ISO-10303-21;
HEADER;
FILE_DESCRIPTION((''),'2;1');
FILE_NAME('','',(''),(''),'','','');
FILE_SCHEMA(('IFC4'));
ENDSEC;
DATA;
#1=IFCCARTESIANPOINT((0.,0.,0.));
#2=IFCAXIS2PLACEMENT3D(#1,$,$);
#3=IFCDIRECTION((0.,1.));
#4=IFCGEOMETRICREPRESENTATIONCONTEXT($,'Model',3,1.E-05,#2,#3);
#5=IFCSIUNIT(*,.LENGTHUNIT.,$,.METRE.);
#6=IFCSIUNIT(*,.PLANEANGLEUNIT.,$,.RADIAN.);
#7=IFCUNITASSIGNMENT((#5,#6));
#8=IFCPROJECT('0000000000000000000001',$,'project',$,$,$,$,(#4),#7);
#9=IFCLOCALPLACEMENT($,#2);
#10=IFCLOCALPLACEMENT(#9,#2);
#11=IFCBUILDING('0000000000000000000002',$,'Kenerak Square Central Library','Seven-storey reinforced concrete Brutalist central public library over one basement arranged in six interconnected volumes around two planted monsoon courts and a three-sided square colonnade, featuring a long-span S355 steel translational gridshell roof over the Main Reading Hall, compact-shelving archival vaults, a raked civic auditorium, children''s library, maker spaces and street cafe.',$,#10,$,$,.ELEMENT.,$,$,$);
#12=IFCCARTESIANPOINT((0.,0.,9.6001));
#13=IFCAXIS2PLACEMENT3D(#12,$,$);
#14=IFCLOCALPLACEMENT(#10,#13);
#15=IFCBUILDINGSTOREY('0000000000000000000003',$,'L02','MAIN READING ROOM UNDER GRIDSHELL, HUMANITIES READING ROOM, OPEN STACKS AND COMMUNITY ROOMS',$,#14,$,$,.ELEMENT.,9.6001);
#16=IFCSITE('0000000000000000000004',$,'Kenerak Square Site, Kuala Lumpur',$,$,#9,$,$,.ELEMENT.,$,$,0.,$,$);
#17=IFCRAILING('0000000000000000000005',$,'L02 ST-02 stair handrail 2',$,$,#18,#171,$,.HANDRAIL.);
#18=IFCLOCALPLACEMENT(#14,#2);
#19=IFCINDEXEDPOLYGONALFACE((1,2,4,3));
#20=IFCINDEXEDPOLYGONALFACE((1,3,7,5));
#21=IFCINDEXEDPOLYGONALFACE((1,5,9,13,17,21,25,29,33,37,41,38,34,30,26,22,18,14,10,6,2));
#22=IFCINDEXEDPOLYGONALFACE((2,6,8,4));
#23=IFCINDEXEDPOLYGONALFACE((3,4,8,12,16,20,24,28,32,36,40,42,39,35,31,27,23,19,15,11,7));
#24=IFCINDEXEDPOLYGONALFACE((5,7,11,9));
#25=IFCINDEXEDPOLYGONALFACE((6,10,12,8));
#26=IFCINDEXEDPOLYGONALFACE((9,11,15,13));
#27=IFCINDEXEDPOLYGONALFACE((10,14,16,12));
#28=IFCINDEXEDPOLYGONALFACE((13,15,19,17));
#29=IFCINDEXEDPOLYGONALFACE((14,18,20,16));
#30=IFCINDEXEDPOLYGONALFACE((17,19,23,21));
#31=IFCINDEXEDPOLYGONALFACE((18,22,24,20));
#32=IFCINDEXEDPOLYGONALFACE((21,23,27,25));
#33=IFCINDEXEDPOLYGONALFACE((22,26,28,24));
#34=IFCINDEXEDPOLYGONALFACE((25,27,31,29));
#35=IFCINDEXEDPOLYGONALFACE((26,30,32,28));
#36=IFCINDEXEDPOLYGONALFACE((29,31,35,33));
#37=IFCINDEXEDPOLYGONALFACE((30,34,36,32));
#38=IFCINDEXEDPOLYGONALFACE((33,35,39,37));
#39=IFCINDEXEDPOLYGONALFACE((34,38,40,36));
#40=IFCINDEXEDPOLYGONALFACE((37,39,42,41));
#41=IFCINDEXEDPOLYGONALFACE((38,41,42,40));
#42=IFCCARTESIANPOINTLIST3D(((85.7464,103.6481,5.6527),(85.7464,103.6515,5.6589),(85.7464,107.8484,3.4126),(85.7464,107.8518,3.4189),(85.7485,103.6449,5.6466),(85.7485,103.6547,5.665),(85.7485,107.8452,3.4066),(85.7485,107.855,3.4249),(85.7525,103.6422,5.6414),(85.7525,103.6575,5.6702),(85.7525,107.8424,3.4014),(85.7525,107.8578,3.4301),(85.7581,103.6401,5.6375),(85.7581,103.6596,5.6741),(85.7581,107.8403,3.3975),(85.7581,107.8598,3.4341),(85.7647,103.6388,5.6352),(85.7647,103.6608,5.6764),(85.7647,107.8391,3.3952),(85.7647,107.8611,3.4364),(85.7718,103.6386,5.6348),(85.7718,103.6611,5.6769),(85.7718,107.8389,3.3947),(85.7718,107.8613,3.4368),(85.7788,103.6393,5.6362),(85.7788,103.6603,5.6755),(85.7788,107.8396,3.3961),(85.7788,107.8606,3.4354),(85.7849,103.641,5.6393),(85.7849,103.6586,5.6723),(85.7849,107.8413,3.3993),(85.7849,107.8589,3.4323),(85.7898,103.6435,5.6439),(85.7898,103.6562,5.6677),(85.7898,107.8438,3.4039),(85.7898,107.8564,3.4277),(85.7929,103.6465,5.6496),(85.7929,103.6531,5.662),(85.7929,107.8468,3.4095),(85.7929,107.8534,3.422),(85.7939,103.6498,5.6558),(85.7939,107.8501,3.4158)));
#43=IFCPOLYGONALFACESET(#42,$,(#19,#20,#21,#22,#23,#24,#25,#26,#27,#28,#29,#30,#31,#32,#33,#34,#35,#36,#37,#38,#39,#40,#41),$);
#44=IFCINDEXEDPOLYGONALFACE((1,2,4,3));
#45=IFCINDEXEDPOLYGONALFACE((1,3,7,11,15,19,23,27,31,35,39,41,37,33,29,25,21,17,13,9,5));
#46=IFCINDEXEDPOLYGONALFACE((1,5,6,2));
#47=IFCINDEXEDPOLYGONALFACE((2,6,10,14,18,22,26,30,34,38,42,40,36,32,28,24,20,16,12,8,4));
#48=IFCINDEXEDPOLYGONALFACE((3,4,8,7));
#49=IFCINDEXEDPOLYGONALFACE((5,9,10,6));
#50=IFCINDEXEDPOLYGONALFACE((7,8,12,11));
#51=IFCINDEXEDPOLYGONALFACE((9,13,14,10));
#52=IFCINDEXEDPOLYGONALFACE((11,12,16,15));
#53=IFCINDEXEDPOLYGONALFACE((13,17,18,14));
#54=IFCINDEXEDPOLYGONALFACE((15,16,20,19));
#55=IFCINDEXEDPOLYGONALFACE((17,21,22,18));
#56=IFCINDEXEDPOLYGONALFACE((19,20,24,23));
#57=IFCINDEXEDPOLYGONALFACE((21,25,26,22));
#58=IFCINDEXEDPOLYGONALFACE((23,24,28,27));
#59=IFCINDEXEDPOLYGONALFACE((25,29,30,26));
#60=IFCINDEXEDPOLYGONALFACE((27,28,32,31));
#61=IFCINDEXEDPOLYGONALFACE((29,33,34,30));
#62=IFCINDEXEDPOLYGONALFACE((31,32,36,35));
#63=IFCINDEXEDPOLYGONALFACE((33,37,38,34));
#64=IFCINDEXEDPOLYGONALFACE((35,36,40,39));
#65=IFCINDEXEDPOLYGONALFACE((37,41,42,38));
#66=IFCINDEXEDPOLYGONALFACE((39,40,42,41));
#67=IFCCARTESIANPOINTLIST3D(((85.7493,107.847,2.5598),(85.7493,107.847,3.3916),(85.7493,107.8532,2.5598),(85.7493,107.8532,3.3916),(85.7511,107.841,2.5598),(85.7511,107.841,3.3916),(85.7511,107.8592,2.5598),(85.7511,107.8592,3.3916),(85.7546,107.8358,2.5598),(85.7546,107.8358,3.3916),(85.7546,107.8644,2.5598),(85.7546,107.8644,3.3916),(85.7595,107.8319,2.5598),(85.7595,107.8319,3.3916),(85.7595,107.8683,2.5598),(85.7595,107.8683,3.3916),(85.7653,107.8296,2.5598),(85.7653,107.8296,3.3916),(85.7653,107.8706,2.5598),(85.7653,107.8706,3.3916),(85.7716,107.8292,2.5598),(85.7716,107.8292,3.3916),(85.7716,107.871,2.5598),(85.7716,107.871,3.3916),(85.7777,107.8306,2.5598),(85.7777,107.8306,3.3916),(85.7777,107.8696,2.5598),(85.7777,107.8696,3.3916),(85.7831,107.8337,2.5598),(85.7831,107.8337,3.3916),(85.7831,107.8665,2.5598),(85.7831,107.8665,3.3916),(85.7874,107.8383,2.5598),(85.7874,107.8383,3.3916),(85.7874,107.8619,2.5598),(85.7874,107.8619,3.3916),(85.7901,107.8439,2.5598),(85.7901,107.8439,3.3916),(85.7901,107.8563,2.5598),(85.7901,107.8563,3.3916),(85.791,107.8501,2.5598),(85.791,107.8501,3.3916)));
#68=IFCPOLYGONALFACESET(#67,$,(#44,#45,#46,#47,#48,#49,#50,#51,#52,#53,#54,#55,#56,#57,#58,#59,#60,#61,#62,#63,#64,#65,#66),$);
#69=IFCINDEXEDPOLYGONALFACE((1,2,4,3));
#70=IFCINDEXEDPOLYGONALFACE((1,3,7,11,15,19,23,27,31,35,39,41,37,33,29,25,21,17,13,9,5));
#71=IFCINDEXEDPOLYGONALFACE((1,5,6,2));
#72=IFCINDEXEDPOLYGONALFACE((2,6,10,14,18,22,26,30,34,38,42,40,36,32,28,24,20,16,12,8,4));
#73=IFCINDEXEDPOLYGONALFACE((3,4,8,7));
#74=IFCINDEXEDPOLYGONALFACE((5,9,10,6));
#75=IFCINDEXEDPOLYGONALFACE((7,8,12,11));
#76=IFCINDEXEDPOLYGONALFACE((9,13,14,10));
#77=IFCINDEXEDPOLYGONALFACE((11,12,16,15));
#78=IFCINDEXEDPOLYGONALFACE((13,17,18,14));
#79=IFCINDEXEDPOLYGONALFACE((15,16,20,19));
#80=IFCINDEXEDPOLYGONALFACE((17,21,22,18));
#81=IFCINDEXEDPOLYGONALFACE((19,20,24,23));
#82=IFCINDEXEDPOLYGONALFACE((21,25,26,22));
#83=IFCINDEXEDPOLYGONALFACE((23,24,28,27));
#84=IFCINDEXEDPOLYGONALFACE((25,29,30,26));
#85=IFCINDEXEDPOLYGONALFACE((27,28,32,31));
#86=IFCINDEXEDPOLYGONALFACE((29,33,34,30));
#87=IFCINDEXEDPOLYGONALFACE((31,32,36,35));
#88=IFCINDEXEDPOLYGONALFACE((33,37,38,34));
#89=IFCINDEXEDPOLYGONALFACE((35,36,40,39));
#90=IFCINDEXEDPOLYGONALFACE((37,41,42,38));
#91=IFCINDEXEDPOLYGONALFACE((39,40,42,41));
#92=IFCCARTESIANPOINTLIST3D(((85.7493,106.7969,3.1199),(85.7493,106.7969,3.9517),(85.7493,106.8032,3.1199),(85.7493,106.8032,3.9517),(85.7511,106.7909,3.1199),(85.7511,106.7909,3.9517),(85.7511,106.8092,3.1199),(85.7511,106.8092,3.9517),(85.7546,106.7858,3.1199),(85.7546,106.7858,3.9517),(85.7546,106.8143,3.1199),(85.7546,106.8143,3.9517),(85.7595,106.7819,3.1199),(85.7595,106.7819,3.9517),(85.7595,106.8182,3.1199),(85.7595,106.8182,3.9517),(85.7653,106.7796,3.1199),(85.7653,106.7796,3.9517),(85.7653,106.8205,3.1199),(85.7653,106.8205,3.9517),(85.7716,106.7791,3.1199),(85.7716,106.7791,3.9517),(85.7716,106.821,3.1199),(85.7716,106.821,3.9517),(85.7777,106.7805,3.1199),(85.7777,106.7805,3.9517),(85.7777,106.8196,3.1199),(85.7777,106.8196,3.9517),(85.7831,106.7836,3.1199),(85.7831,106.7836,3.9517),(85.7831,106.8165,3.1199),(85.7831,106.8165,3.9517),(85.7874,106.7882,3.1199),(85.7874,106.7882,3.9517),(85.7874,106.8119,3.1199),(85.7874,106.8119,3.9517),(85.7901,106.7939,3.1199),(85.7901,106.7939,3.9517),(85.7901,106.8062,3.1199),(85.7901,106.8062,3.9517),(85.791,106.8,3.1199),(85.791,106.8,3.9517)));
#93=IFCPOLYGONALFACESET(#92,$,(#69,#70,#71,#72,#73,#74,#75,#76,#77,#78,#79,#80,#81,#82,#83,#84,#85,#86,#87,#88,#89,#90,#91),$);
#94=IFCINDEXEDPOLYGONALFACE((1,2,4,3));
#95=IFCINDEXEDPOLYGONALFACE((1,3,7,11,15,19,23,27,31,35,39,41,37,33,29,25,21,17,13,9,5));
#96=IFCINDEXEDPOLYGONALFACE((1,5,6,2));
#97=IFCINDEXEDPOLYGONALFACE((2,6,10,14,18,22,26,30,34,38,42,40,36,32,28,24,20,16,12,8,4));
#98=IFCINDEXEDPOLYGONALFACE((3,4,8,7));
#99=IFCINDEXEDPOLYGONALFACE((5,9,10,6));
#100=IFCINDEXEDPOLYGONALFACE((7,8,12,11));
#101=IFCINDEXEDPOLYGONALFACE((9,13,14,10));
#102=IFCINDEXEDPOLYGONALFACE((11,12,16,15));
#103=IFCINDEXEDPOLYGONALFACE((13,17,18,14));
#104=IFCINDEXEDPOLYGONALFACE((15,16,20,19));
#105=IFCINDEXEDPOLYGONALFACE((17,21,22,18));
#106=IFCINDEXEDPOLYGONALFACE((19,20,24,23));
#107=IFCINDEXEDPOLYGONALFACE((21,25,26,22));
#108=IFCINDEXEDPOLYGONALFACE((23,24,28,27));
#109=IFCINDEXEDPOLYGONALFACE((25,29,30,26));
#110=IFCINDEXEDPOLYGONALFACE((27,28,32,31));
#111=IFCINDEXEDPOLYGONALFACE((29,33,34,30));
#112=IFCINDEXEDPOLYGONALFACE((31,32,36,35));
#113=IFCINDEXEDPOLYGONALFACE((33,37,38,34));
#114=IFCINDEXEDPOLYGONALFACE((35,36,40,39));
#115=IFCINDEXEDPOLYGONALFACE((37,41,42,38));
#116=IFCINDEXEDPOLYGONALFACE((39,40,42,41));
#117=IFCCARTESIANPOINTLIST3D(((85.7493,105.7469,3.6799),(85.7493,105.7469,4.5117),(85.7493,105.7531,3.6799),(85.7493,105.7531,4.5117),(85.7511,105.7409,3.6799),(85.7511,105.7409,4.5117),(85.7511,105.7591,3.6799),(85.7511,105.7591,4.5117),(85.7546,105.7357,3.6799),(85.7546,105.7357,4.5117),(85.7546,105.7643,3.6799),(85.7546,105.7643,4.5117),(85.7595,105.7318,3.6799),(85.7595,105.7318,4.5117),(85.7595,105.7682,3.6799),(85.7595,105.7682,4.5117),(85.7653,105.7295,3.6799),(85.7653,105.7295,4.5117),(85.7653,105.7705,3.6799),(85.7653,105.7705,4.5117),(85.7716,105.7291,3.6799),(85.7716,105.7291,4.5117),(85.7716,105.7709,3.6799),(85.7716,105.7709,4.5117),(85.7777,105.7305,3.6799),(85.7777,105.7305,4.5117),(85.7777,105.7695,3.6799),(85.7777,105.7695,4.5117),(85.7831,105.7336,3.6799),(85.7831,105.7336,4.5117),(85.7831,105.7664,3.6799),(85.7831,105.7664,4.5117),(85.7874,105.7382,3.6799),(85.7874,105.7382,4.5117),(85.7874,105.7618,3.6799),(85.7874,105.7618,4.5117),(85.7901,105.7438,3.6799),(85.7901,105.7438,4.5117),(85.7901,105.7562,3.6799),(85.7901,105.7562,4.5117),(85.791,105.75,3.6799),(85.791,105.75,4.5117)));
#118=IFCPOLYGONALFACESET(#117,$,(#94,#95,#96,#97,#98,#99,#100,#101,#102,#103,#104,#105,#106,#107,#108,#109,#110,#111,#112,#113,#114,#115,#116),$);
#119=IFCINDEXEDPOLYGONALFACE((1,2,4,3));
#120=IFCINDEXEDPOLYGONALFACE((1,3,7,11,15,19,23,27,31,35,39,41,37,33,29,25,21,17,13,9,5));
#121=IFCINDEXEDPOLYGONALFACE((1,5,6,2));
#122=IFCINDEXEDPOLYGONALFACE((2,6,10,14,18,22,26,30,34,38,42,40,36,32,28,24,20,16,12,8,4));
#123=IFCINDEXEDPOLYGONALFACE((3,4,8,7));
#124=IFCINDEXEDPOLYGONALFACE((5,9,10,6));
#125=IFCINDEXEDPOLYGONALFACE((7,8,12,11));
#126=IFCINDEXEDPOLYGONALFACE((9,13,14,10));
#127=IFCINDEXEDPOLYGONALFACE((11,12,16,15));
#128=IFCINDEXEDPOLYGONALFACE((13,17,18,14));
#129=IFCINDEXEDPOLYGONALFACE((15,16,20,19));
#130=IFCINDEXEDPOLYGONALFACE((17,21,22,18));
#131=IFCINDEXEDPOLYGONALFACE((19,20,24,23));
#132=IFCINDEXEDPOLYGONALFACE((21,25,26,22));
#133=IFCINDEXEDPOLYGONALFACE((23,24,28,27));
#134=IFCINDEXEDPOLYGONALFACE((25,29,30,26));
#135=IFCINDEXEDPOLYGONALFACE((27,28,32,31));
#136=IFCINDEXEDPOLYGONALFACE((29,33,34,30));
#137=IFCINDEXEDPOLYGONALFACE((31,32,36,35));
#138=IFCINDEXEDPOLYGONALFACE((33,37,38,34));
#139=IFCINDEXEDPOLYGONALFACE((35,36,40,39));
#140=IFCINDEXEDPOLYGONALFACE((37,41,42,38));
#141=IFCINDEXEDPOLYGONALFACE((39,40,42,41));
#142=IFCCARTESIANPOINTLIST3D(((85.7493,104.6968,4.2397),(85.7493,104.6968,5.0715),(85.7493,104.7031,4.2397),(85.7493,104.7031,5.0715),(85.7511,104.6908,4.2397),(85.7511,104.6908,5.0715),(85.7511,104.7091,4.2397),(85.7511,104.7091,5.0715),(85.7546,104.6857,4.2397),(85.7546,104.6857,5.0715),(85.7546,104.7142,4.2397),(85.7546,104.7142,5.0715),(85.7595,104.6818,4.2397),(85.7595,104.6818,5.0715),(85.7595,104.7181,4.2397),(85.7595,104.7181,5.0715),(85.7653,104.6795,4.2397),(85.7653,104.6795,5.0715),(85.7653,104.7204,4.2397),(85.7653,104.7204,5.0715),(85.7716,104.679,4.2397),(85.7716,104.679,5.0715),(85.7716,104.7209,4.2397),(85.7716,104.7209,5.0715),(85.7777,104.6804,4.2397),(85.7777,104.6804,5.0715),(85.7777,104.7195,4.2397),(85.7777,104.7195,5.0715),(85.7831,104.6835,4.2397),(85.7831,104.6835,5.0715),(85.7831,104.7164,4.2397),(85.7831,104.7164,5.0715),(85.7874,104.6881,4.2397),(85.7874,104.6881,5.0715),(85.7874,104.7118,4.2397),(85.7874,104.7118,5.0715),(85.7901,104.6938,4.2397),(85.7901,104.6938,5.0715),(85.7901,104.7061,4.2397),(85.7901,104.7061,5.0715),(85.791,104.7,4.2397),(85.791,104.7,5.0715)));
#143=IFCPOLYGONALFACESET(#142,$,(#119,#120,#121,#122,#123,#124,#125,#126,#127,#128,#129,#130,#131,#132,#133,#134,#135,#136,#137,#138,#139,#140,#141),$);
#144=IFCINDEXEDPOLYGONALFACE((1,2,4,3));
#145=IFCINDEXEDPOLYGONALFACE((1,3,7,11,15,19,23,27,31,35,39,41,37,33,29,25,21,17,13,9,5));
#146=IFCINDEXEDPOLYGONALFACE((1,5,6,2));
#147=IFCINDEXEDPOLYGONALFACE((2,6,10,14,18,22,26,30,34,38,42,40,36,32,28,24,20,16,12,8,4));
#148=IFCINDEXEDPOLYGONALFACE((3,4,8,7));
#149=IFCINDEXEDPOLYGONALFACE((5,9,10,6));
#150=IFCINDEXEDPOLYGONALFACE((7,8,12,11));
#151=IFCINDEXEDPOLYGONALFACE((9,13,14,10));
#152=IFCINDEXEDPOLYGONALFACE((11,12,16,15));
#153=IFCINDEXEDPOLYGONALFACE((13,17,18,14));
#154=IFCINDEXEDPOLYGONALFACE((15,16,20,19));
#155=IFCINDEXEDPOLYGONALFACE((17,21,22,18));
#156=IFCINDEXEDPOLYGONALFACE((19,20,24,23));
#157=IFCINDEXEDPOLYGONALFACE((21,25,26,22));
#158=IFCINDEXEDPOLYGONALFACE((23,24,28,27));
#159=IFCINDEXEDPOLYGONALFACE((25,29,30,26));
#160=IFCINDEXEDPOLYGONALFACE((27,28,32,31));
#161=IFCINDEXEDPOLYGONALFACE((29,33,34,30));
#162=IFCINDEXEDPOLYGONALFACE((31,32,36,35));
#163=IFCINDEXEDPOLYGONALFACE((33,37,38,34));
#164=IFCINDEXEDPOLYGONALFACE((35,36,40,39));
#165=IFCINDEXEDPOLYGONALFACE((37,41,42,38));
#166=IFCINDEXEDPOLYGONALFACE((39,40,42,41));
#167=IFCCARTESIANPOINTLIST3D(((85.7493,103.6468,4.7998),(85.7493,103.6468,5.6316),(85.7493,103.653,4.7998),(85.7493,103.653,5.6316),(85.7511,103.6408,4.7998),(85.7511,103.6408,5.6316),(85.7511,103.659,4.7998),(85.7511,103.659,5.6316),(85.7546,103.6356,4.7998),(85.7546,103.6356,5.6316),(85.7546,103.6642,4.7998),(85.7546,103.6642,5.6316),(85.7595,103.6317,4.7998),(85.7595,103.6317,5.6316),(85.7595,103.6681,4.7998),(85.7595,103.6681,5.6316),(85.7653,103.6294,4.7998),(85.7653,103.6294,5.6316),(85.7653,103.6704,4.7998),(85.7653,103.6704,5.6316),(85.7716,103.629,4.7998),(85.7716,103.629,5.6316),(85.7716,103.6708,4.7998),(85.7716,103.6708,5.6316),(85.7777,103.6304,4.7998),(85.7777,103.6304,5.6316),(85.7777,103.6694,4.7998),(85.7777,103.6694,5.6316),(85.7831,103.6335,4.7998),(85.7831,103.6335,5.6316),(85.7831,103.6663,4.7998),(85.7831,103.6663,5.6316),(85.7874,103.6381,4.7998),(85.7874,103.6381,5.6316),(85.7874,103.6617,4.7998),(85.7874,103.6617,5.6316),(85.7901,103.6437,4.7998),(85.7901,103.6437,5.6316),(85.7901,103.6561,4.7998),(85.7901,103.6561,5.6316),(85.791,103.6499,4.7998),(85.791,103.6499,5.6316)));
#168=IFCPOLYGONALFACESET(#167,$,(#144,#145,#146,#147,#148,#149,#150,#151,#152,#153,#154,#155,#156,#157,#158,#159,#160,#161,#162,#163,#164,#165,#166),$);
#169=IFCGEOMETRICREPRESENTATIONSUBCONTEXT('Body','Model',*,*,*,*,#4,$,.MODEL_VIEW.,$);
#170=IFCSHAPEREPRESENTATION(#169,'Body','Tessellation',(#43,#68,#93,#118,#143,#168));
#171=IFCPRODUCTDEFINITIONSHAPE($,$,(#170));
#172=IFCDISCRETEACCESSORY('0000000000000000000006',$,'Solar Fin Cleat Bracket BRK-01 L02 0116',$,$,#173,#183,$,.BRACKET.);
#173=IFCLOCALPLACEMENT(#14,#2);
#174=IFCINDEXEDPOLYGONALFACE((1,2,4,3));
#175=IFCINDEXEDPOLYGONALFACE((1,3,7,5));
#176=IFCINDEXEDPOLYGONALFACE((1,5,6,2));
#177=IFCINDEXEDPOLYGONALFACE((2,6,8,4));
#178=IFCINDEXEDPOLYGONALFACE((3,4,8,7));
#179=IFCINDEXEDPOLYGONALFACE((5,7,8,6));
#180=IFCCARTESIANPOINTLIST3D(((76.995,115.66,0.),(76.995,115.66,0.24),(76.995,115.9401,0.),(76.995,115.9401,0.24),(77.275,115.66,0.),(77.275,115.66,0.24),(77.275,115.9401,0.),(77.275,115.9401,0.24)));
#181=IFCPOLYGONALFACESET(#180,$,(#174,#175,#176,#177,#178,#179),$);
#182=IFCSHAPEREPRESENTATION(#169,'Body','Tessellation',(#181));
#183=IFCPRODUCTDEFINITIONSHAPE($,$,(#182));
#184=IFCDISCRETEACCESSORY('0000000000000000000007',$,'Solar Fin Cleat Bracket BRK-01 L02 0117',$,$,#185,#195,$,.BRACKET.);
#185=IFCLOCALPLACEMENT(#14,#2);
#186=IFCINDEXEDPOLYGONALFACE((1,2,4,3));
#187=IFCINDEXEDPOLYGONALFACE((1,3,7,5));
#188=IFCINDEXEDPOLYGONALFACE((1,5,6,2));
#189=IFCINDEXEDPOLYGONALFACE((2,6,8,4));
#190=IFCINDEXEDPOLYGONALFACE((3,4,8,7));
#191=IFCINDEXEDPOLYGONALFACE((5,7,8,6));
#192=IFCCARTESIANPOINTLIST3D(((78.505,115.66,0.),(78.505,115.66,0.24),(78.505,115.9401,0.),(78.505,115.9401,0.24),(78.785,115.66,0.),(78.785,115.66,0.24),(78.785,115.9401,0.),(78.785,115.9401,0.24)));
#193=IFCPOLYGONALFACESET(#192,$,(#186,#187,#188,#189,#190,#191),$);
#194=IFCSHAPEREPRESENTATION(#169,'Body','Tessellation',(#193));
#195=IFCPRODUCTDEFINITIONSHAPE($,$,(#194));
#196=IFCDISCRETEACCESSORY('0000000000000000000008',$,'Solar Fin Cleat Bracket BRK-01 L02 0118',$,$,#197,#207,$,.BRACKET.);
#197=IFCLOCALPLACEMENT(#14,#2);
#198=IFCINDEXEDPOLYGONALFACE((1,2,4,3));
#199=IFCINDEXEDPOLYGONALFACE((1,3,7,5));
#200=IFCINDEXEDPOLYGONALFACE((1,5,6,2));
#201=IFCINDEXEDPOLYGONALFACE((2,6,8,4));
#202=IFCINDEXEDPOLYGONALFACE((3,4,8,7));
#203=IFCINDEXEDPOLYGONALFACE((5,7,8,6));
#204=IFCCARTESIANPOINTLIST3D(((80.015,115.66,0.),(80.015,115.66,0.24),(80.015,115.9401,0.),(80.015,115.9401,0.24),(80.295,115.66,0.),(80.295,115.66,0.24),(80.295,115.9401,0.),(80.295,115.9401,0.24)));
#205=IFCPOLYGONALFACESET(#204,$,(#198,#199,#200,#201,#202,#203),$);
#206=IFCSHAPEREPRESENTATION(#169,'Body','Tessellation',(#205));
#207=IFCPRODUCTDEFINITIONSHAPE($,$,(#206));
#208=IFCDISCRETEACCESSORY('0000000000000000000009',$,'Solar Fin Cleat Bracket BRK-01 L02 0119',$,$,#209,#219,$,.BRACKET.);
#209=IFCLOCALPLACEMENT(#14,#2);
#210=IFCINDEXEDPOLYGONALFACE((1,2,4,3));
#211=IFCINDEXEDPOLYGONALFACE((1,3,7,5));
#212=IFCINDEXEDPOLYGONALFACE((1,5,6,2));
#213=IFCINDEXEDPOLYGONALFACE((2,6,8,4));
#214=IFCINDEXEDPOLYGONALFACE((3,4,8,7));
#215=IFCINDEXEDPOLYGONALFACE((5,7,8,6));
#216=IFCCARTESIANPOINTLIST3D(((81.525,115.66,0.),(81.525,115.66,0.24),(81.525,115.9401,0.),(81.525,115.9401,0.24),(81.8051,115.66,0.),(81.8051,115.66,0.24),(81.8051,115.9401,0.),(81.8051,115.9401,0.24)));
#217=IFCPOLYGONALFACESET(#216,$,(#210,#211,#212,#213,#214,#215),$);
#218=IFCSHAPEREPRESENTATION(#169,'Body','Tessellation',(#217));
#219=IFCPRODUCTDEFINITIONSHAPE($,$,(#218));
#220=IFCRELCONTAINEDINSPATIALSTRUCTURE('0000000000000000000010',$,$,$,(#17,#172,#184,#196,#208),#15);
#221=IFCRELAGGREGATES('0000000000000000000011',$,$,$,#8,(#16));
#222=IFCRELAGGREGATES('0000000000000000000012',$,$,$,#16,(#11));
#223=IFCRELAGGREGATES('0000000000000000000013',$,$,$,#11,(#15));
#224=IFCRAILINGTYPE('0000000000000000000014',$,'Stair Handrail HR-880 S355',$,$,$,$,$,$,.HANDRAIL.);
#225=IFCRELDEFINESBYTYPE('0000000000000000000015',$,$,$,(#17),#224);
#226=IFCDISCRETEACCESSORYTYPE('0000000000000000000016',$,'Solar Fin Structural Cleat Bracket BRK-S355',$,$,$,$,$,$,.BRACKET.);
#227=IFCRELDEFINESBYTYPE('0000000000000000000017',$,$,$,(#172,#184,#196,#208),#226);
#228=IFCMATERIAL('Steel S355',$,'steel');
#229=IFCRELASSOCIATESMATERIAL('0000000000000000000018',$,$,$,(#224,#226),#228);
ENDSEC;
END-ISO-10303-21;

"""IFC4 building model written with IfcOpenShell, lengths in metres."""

from ifc_helpers import new_model, si_unit, direction, frame, origin, origin_2d, place, context, subcontext, project, spatial, rectangle, circle, extrude, material, type_object, element, save


model = new_model("IFC4")

# Units and contexts
model_context = context("Model", 3, precision=1e-05, world=origin(), true_north=direction((0.0, 1.0)))
body_context = subcontext(model_context, "Body", "Model", "MODEL_VIEW")
ifc_project = project(units=[si_unit("LENGTHUNIT", "METRE"), si_unit("PLANEANGLEUNIT", "RADIAN")], contexts=[model_context])

# Site, building, storey
site_placement = place(None, origin())
site = spatial("IfcSite", under=ifc_project, at=site_placement, Name="Kenerak Square Site, Kuala Lumpur", CompositionType="ELEMENT", RefElevation=0.0)
building_placement = place(site_placement, origin())
building = spatial("IfcBuilding", under=site, at=building_placement, Name="Kenerak Square Central Library", Description="Seven-storey reinforced concrete Brutalist central public library over one basement arranged in six interconnected volumes around two planted monsoon courts and a three-sided square colonnade, featuring a long-span S355 steel translational gridshell roof over the Main Reading Hall, compact-shelving archival vaults, a raked civic auditorium, children's library, maker spaces and street cafe.", CompositionType="ELEMENT")
storey_placement = place(building_placement, frame((0.0, 0.0, 9.6001)))
storey = spatial("IfcBuildingStorey", under=building, at=storey_placement, Name="L02", Description="MAIN READING ROOM UNDER GRIDSHELL, HUMANITIES READING ROOM, OPEN STACKS AND COMMUNITY ROOMS", CompositionType="ELEMENT", Elevation=9.6001)

# Railing
ifc_material_1 = material(Name="Steel S355", Category="steel")
railing_type_1 = type_object("IfcRailingType", Name="Stair Handrail HR-880 S355", PredefinedType="HANDRAIL", material=ifc_material_1)
railing_1_placement = place(storey_placement, frame((85.77, 107.8501, 2.5598)))
element("IfcRailing", 1, at=railing_1_placement, inside=storey, type_object=railing_type_1, Name="L02 ST-02 stair handrail 2", PredefinedType="HANDRAIL", context=body_context, shape_type="SweptSolid", body=[
    extrude(circle(Radius=0.0239, at=origin_2d()), frame((0.0, 0.0, 0.856), z_axis=(0.0, -0.882363, 0.47057), x_axis=(1.0, 0.0, 0.0)), (0.0, 0.0, 1.0), 4.7603),
    extrude(circle(Radius=0.021, at=origin_2d()), origin(), (0.0, 0.0, 1.0), 0.8318),
    extrude(circle(Radius=0.021, at=origin_2d()), frame((0.0, -1.05, 0.5601)), (0.0, 0.0, 1.0), 0.8318),
    extrude(circle(Radius=0.021, at=origin_2d()), frame((0.0, -2.1001, 1.1201)), (0.0, 0.0, 1.0), 0.8318),
    extrude(circle(Radius=0.021, at=origin_2d()), frame((0.0, -3.1501, 1.6799)), (0.0, 0.0, 1.0), 0.8318),
    extrude(circle(Radius=0.021, at=origin_2d()), frame((0.0, -4.2002, 2.24)), (0.0, 0.0, 1.0), 0.8318),
])

# Discrete accessories
discrete_accessory_type = type_object("IfcDiscreteAccessoryType", Name="Solar Fin Structural Cleat Bracket BRK-S355", PredefinedType="BRACKET", material=ifc_material_1)
for number, where, z_axis, x_axis, name in (
    (2, (77.135, 115.8, 0.0), (0.0, 0.0, 1.0), (1.0, 0.0, 0.0), "Solar Fin Cleat Bracket BRK-01 L02 0116"),
    (3, (78.645, 115.8, 0.0), (0.0, 0.0, 1.0), (1.0, 0.0, 0.0), "Solar Fin Cleat Bracket BRK-01 L02 0117"),
    (4, (80.155, 115.8, 0.0), (0.0, 0.0, 1.0), (1.0, 0.0, 0.0), "Solar Fin Cleat Bracket BRK-01 L02 0118"),
    (5, (81.665, 115.8, 0.0), (0.0, 0.0, 1.0), (1.0, 0.0, 0.0), "Solar Fin Cleat Bracket BRK-01 L02 0119"),
):
    element("IfcDiscreteAccessory", number, at=place(storey_placement, frame(where, z_axis=z_axis, x_axis=x_axis)), inside=storey, type_object=discrete_accessory_type, Name=name, PredefinedType="BRACKET", context=body_context, shape_type="SweptSolid", body=[
        extrude(rectangle(XDim=0.28, YDim=0.28, at=origin_2d()), origin(), (0.0, 0.0, 1.0), 0.24),
    ])

save(model, "model.ifc")
